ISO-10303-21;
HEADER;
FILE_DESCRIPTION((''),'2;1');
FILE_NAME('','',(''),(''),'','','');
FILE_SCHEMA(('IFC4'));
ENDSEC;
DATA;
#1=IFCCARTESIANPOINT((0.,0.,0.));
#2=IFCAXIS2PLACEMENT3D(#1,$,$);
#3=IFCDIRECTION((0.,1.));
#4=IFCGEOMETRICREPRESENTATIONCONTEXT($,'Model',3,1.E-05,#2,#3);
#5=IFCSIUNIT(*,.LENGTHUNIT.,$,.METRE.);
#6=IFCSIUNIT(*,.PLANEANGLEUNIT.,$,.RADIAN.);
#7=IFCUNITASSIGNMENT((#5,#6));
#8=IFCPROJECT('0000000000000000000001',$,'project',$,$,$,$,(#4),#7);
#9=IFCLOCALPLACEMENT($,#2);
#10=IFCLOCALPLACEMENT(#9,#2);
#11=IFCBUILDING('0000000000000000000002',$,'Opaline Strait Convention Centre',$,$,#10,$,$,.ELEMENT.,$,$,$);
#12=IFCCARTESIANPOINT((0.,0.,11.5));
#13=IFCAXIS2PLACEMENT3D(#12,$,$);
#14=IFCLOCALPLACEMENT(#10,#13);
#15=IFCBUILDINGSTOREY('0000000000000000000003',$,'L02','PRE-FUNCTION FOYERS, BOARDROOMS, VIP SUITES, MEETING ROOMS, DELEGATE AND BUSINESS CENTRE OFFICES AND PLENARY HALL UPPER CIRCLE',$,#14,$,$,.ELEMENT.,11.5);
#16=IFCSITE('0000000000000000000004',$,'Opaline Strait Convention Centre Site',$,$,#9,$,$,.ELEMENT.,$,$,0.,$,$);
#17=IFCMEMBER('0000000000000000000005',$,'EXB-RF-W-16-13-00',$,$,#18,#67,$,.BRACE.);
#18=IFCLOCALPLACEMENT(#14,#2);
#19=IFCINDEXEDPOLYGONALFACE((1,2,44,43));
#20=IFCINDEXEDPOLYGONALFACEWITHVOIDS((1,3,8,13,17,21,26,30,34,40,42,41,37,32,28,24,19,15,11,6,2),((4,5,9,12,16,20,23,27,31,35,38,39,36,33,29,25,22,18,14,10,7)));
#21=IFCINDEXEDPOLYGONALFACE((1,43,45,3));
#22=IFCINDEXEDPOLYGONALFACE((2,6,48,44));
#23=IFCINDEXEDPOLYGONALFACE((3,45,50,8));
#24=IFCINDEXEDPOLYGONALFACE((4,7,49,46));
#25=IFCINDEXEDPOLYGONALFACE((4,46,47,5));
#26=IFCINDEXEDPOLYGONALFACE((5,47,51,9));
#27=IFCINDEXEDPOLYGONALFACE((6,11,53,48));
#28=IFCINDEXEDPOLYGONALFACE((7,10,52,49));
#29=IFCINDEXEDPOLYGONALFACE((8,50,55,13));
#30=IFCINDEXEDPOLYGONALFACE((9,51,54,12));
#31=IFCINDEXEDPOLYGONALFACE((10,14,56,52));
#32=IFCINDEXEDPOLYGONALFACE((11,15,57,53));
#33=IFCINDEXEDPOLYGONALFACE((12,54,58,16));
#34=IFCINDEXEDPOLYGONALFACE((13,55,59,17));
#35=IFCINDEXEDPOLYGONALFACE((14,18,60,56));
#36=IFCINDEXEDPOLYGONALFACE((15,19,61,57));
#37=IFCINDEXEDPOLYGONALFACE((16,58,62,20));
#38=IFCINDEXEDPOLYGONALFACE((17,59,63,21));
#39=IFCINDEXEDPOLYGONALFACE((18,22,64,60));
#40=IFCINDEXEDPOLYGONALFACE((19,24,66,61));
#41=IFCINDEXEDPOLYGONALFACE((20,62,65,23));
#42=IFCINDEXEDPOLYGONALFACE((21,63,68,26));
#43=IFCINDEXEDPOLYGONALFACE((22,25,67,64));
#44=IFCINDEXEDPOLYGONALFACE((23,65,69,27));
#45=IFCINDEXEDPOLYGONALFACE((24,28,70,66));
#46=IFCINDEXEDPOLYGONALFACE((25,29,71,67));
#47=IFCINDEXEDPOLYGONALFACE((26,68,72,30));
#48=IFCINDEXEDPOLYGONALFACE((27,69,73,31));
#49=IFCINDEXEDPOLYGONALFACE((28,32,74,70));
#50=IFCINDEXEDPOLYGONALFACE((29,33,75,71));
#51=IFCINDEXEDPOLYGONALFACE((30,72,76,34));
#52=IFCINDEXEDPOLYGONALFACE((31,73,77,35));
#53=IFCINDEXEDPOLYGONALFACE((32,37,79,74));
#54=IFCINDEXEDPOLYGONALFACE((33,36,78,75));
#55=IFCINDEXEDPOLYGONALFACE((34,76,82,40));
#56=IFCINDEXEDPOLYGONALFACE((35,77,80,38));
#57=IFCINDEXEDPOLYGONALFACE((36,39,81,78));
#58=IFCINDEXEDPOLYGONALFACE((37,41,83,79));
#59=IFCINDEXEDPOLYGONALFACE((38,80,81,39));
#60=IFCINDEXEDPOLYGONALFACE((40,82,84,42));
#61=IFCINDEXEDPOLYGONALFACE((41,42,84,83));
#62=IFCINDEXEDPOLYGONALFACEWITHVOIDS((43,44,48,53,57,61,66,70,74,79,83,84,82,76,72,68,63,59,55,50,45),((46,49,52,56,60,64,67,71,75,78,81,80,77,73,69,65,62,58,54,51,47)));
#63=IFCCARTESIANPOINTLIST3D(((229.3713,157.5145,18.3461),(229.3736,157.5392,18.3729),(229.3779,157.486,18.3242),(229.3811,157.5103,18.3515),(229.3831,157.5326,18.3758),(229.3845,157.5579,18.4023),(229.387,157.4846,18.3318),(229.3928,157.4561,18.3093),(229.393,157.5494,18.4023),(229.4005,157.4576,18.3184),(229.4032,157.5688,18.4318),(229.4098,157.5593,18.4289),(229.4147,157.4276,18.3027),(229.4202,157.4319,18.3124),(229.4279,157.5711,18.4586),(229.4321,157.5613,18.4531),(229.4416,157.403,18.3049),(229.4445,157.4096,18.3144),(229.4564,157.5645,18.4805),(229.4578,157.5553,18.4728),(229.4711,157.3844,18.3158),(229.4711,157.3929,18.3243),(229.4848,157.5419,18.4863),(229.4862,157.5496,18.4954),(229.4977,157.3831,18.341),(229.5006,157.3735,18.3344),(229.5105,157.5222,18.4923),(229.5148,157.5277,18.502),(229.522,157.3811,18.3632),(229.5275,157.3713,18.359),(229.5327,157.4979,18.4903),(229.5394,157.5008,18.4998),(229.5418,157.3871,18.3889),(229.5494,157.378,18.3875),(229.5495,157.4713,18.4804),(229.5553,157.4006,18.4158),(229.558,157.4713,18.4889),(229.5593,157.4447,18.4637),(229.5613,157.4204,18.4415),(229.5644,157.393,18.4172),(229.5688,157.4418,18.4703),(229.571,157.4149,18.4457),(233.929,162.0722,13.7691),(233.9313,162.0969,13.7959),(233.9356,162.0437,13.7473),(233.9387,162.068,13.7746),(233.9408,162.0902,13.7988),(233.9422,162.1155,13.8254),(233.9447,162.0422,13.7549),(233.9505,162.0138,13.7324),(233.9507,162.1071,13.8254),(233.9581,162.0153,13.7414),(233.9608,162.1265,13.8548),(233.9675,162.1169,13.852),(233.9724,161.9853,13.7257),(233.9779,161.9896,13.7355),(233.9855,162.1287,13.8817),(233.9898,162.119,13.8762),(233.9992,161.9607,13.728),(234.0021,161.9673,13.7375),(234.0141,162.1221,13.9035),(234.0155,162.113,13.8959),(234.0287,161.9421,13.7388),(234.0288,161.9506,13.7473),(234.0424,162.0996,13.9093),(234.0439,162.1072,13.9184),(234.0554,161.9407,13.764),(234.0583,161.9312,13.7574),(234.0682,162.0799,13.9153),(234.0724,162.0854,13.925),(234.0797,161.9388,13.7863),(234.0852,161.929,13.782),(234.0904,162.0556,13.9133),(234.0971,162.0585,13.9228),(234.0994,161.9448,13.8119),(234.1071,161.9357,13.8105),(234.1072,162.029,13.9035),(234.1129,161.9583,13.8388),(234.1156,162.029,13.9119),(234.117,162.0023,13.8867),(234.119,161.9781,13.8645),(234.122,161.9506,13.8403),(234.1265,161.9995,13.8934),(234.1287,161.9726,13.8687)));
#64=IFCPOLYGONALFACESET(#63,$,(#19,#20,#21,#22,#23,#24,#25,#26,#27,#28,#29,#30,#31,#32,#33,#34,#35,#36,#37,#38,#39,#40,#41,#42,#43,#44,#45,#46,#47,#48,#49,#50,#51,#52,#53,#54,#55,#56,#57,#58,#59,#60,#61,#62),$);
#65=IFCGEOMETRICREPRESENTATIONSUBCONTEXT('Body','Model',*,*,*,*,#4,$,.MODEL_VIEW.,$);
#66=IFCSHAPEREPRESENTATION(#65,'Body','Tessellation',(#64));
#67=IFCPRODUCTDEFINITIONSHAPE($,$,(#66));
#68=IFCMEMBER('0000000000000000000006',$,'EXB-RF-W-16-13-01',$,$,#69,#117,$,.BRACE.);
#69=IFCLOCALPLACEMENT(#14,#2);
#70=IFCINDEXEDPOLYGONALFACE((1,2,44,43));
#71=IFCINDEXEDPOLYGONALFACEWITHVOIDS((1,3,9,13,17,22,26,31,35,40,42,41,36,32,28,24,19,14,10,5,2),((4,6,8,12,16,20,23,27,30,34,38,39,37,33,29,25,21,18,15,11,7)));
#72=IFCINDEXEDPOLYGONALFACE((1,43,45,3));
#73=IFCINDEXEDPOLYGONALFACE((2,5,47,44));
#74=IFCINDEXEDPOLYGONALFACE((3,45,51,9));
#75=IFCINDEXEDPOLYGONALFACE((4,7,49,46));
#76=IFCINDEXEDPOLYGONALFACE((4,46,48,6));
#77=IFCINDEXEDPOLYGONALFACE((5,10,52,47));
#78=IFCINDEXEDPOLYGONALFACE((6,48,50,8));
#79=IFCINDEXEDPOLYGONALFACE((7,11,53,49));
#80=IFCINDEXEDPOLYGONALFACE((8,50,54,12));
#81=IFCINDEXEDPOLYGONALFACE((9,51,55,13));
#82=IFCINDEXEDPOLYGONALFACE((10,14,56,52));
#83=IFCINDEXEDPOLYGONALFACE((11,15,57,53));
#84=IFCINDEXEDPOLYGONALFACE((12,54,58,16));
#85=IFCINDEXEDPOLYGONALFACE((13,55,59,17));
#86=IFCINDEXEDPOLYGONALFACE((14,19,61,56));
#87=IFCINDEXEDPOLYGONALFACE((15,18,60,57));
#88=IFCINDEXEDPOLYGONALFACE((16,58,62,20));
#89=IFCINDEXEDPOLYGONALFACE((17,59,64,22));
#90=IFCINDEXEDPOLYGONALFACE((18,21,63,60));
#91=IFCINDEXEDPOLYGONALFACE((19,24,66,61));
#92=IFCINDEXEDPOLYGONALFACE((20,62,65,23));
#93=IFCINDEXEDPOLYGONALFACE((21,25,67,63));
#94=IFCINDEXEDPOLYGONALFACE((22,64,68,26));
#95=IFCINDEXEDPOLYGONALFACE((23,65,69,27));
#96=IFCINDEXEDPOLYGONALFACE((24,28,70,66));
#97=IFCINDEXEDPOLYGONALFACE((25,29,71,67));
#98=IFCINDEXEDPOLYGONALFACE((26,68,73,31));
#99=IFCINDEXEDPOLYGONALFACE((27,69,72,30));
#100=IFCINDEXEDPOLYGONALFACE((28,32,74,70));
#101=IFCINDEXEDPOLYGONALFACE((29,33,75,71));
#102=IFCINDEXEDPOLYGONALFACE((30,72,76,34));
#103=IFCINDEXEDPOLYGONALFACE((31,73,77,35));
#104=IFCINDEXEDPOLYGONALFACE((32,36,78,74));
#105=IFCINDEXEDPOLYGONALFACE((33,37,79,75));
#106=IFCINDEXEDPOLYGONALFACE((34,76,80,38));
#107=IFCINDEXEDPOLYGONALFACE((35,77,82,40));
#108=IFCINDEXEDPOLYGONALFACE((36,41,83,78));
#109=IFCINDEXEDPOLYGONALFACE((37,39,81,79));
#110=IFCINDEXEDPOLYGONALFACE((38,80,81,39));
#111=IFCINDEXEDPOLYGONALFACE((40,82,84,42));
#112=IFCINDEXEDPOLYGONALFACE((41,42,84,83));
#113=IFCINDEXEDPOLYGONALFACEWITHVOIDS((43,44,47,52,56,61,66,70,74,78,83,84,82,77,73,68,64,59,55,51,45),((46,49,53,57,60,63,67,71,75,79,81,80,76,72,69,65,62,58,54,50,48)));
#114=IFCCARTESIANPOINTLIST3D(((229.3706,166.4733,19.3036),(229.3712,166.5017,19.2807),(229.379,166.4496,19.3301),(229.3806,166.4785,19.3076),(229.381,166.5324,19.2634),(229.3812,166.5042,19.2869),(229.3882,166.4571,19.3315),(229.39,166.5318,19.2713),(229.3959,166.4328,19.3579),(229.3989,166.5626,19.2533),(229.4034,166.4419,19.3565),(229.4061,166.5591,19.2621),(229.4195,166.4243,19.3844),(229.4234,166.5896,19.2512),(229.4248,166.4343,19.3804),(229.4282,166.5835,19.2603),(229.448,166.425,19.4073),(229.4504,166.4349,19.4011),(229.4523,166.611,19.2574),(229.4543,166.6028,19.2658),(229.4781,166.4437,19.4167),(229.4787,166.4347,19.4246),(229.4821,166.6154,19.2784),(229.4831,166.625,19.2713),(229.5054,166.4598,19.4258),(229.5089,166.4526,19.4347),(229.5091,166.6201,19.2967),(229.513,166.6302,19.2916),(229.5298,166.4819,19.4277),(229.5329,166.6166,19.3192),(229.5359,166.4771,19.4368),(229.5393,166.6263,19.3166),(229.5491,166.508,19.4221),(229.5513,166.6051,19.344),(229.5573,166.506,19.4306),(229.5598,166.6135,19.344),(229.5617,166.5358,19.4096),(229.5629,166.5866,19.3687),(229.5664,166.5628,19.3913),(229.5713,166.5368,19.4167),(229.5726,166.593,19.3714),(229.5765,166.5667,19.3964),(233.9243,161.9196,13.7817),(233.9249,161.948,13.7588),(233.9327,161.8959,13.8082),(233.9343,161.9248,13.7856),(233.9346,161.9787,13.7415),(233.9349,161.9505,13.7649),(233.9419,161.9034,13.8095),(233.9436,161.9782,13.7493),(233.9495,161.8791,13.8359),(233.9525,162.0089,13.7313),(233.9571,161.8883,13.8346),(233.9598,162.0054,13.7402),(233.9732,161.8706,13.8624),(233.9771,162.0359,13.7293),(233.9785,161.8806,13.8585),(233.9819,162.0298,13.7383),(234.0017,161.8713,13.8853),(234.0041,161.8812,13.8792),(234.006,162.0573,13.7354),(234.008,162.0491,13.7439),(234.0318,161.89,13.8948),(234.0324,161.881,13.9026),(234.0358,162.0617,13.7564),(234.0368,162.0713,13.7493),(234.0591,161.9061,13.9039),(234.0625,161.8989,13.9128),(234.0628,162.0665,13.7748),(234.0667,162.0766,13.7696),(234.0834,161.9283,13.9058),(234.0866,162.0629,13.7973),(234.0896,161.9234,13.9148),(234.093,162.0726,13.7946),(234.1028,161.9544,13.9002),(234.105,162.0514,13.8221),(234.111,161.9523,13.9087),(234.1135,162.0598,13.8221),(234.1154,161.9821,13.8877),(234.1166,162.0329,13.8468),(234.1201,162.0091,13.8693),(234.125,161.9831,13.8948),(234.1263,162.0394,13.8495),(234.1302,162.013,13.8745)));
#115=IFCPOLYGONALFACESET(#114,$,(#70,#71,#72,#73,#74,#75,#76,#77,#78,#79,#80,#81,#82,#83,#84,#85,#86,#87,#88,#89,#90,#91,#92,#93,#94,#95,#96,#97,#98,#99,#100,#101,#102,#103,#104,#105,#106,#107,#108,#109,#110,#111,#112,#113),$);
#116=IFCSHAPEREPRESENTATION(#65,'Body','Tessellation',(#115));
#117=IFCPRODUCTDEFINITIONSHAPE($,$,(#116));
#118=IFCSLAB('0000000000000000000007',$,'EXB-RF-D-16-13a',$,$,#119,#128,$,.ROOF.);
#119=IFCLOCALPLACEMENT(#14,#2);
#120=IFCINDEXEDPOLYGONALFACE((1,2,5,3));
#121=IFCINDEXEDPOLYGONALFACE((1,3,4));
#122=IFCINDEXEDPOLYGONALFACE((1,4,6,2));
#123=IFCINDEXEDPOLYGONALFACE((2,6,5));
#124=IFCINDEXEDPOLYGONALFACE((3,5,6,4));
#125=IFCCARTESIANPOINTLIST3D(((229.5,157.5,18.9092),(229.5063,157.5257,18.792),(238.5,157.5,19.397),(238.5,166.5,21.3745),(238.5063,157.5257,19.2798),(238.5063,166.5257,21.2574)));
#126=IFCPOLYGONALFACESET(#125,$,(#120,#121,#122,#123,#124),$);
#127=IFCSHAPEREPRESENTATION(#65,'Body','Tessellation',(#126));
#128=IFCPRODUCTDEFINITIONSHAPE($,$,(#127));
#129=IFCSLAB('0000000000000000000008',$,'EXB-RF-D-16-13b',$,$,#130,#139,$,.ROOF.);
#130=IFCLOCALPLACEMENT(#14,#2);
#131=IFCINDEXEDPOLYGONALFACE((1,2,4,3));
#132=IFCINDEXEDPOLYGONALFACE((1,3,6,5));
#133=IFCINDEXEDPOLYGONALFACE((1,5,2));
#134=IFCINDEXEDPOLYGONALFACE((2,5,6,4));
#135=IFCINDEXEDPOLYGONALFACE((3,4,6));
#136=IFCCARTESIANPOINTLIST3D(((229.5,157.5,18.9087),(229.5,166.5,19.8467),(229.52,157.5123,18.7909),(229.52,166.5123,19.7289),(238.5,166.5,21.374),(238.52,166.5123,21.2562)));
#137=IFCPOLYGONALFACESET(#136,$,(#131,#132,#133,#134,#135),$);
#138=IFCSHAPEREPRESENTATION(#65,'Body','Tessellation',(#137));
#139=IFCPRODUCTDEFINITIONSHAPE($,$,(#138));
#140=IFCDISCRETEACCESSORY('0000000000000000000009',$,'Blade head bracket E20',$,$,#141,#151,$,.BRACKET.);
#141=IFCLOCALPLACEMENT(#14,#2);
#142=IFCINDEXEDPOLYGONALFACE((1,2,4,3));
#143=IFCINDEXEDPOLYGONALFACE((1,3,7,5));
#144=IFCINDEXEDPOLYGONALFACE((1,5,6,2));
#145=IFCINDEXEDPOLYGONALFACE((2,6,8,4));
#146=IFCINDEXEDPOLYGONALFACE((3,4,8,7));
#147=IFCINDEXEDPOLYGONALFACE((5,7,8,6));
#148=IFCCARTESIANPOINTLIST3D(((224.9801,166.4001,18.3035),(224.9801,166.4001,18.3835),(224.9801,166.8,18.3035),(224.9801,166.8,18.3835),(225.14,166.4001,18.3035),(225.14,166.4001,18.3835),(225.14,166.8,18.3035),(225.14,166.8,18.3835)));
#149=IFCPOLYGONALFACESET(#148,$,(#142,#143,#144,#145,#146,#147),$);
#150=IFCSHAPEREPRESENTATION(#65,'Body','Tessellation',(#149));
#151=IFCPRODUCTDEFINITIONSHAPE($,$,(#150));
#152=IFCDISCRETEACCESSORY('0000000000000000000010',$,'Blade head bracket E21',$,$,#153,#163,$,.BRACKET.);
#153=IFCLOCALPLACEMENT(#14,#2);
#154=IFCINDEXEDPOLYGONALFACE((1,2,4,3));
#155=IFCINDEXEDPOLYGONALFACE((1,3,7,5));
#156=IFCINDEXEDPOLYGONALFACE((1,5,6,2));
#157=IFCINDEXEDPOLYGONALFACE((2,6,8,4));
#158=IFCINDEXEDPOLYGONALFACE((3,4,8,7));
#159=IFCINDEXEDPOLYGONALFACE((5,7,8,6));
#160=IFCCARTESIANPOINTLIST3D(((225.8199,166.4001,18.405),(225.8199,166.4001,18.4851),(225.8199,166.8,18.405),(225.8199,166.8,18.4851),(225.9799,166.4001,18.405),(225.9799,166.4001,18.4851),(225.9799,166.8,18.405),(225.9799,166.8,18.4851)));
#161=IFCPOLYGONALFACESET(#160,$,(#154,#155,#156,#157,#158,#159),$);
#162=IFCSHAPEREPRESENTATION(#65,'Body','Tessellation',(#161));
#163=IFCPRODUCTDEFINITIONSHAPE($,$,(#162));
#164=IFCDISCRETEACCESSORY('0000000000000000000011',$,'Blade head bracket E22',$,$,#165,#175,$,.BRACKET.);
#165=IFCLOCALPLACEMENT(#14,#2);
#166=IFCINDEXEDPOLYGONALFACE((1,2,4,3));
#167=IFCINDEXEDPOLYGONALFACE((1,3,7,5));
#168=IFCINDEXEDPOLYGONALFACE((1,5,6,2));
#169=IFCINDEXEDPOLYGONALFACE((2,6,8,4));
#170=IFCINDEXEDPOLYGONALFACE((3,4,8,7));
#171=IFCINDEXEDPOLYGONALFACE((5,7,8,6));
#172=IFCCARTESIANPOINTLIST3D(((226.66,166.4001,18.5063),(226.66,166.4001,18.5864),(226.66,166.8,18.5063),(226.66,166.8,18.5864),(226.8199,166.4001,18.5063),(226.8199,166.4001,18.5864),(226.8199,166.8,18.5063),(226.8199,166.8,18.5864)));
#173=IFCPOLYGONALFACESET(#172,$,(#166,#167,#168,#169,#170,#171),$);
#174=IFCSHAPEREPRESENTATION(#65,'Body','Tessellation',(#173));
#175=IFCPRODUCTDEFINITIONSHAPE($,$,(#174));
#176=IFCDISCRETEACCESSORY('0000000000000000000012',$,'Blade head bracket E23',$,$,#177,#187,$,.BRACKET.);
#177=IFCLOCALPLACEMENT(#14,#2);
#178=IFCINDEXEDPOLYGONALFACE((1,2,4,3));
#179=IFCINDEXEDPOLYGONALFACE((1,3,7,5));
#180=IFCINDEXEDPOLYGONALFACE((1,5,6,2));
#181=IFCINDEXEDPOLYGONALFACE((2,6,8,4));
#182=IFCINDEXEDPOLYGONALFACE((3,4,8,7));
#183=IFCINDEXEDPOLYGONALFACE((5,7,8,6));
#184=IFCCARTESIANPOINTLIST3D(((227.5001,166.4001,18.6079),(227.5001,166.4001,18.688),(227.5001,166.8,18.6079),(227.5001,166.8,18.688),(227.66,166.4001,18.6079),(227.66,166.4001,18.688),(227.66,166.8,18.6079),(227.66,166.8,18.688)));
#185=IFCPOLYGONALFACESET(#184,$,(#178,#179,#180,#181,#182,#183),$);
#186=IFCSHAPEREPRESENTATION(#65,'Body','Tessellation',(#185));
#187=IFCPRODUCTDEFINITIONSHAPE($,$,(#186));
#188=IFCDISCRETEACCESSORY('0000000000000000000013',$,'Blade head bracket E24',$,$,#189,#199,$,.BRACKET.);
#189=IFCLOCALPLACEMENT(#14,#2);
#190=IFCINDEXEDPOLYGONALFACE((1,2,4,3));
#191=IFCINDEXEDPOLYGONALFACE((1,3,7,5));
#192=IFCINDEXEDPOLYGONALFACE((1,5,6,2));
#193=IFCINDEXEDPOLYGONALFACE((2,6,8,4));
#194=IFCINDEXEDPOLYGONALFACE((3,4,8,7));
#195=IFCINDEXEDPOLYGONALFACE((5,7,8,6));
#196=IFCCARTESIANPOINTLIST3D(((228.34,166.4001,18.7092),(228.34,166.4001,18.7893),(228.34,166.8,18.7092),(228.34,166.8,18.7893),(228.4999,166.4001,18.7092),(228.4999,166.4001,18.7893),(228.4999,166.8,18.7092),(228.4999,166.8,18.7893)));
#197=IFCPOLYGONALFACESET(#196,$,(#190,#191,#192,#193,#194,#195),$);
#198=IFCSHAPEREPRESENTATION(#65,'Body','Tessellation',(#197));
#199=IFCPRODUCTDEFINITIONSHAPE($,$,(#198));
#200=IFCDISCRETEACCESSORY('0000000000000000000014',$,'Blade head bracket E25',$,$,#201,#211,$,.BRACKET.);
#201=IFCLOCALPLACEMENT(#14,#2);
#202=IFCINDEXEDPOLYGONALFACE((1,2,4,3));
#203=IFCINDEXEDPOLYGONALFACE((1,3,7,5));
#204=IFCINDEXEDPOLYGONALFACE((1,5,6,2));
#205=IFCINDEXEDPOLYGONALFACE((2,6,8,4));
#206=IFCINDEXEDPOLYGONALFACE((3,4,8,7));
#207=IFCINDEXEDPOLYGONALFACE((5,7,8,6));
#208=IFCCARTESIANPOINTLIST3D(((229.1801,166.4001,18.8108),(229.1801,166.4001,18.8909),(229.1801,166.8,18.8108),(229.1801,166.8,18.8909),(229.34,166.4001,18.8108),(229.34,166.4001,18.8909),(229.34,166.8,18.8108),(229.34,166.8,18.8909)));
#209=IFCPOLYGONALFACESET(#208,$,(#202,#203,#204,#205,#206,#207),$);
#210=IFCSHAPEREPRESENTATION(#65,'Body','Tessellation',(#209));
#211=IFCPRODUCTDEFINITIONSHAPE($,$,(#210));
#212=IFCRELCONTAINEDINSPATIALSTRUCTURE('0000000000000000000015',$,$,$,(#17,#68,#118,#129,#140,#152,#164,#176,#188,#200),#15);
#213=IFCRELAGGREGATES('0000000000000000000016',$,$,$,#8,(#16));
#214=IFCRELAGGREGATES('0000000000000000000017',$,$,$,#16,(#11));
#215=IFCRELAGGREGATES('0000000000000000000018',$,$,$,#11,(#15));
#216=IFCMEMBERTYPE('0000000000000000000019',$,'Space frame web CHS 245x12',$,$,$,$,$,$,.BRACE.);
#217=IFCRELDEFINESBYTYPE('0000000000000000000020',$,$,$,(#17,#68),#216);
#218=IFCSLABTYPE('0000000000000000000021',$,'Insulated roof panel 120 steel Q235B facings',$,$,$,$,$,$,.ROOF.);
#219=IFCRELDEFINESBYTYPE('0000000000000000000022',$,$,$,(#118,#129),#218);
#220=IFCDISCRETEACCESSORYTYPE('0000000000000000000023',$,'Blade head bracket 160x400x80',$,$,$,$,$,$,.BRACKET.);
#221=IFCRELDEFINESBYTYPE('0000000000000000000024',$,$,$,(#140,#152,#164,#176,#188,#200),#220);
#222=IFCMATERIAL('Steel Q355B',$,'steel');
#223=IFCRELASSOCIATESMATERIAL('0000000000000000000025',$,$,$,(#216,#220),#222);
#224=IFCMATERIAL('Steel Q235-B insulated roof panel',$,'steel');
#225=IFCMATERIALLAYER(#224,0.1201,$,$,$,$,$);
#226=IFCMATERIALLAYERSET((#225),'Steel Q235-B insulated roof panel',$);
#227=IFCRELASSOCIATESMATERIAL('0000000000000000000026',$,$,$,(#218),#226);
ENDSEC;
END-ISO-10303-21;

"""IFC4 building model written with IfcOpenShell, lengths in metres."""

from ifc_helpers import new_model, si_unit, direction, frame, origin, origin_2d, place, context, subcontext, project, spatial, polyline, rectangle, hollow_circle, outline, extrude, material, layer, layer_set, material_profile, profile_set, type_object, element, save


model = new_model("IFC4")

# Units and contexts
model_context = context("Model", 3, precision=1e-05, world=origin(), true_north=direction((0.0, 1.0)))
body_context = subcontext(model_context, "Body", "Model", "MODEL_VIEW")
ifc_project = project(units=[si_unit("LENGTHUNIT", "METRE"), si_unit("PLANEANGLEUNIT", "RADIAN")], contexts=[model_context])

# Site, building, storey
site_placement = place(None, origin())
site = spatial("IfcSite", under=ifc_project, at=site_placement, Name="Opaline Strait Convention Centre Site", CompositionType="ELEMENT", RefElevation=0.0)
building_placement = place(site_placement, origin())
building = spatial("IfcBuilding", under=site, at=building_placement, Name="Opaline Strait Convention Centre", CompositionType="ELEMENT")
storey_placement = place(building_placement, frame((0.0, 0.0, 11.5)))
storey = spatial("IfcBuildingStorey", under=building, at=storey_placement, Name="L02", Description="PRE-FUNCTION FOYERS, BOARDROOMS, VIP SUITES, MEETING ROOMS, DELEGATE AND BUSINESS CENTRE OFFICES AND PLENARY HALL UPPER CIRCLE", CompositionType="ELEMENT", Elevation=11.5)

# Members
ifc_material_1 = material(Name="Steel Q355B", Category="steel")
ifc_material_profile_1 = material_profile(ifc_material_1, hollow_circle(Radius=0.1226, WallThickness=0.012, at=origin_2d()), Name="CHS 245x12")
ifc_profile_set_1 = profile_set([ifc_material_profile_1], Name="Steel Q355B")
member_type_1 = type_object("IfcMemberType", Name="Space frame web CHS 245x12", PredefinedType="BRACE", material=ifc_profile_set_1)
member_1_placement = place(storey_placement, frame((229.4712, 157.4712, 18.4023), z_axis=(0.576536, 0.576536, -0.578976), x_axis=(-0.707107, 0.707107, 0.0)))
element("IfcMember", 1, at=member_1_placement, inside=storey, type_object=member_type_1, Name="EXB-RF-W-16-13-00", PredefinedType="BRACE", context=body_context, shape_type="SweptSolid", body=[
    extrude(hollow_circle(Radius=0.1226, WallThickness=0.012, at=origin_2d()), origin(), (0.0, 0.0, 1.0), 7.9053),
])
member_2_placement = place(storey_placement, frame((229.4731, 166.5269, 19.344), z_axis=(0.536791, -0.536791, -0.65093), x_axis=(0.707107, 0.707107, 0.0)))
element("IfcMember", 2, at=member_2_placement, inside=storey, type_object=member_type_1, Name="EXB-RF-W-16-13-01", PredefinedType="BRACE", context=body_context, shape_type="SweptSolid", body=[
    extrude(hollow_circle(Radius=0.1226, WallThickness=0.012, at=origin_2d()), origin(), (0.0, 0.0, 1.0), 8.4832),
])

# Slabs
ifc_material_2 = material(Name="Steel Q235-B insulated roof panel", Category="steel")
ifc_layer = layer(ifc_material_2, 0.1201)
ifc_layer_set = layer_set([ifc_layer], Name="Steel Q235-B insulated roof panel")
slab_type = type_object("IfcSlabType", Name="Insulated roof panel 120 steel Q235B facings", PredefinedType="ROOF", material=ifc_layer_set)
slab_1_placement = place(storey_placement, frame((229.5, 157.5, 18.9092), z_axis=(-0.052862, -0.214307, 0.975335), x_axis=(0.998534, 0.0, 0.05412)))
element("IfcSlab", 3, at=slab_1_placement, inside=storey, type_object=slab_type, Name="EXB-RF-D-16-13a", PredefinedType="ROOF", context=body_context, shape_type="SweptSolid", body=[
    extrude(outline(polyline([(0.0, 0.0), (9.0132, 0.0), (9.1202, 9.2141), (0.0, 0.0)])), origin(), (0.0, 0.0, -1.0), 0.1201),
])
slab_2_placement = place(storey_placement, frame((229.5, 157.5, 18.9087), z_axis=(-0.166436, -0.102214, 0.98074), x_axis=(0.694204, 0.694204, 0.19016)))
element("IfcSlab", 4, at=slab_2_placement, inside=storey, type_object=slab_type, Name="EXB-RF-D-16-13b", PredefinedType="ROOF", context=body_context, shape_type="SweptSolid", body=[
    extrude(outline(polyline([(0.0, 0.0), (12.9645, 0.0), (6.4262, 6.3705), (0.0, 0.0)])), origin(), (0.0, 0.0, -1.0), 0.1201),
])

# Discrete accessories
discrete_accessory_type_1 = type_object("IfcDiscreteAccessoryType", Name="Blade head bracket 160x400x80", PredefinedType="BRACKET", material=ifc_material_1)
for number, where, z_axis, x_axis, name in (
    (5, (225.0601, 166.6001, 18.3035), (0.0, 0.0, 1.0), (1.0, 0.0, 0.0), "Blade head bracket E20"),
    (6, (225.8999, 166.6001, 18.405), (0.0, 0.0, 1.0), (1.0, 0.0, 0.0), "Blade head bracket E21"),
    (7, (226.74, 166.6001, 18.5063), (0.0, 0.0, 1.0), (1.0, 0.0, 0.0), "Blade head bracket E22"),
    (8, (227.5801, 166.6001, 18.6079), (0.0, 0.0, 1.0), (1.0, 0.0, 0.0), "Blade head bracket E23"),
    (9, (228.4199, 166.6001, 18.7092), (0.0, 0.0, 1.0), (1.0, 0.0, 0.0), "Blade head bracket E24"),
    (10, (229.26, 166.6001, 18.8108), (0.0, 0.0, 1.0), (1.0, 0.0, 0.0), "Blade head bracket E25"),
):
    element("IfcDiscreteAccessory", number, at=place(storey_placement, frame(where, z_axis=z_axis, x_axis=x_axis)), inside=storey, type_object=discrete_accessory_type_1, Name=name, PredefinedType="BRACKET", context=body_context, shape_type="SweptSolid", body=[
        extrude(rectangle(XDim=0.1599, YDim=0.3999, at=origin_2d()), origin(), (0.0, 0.0, 1.0), 0.0801),
    ])

save(model, "model.ifc")
